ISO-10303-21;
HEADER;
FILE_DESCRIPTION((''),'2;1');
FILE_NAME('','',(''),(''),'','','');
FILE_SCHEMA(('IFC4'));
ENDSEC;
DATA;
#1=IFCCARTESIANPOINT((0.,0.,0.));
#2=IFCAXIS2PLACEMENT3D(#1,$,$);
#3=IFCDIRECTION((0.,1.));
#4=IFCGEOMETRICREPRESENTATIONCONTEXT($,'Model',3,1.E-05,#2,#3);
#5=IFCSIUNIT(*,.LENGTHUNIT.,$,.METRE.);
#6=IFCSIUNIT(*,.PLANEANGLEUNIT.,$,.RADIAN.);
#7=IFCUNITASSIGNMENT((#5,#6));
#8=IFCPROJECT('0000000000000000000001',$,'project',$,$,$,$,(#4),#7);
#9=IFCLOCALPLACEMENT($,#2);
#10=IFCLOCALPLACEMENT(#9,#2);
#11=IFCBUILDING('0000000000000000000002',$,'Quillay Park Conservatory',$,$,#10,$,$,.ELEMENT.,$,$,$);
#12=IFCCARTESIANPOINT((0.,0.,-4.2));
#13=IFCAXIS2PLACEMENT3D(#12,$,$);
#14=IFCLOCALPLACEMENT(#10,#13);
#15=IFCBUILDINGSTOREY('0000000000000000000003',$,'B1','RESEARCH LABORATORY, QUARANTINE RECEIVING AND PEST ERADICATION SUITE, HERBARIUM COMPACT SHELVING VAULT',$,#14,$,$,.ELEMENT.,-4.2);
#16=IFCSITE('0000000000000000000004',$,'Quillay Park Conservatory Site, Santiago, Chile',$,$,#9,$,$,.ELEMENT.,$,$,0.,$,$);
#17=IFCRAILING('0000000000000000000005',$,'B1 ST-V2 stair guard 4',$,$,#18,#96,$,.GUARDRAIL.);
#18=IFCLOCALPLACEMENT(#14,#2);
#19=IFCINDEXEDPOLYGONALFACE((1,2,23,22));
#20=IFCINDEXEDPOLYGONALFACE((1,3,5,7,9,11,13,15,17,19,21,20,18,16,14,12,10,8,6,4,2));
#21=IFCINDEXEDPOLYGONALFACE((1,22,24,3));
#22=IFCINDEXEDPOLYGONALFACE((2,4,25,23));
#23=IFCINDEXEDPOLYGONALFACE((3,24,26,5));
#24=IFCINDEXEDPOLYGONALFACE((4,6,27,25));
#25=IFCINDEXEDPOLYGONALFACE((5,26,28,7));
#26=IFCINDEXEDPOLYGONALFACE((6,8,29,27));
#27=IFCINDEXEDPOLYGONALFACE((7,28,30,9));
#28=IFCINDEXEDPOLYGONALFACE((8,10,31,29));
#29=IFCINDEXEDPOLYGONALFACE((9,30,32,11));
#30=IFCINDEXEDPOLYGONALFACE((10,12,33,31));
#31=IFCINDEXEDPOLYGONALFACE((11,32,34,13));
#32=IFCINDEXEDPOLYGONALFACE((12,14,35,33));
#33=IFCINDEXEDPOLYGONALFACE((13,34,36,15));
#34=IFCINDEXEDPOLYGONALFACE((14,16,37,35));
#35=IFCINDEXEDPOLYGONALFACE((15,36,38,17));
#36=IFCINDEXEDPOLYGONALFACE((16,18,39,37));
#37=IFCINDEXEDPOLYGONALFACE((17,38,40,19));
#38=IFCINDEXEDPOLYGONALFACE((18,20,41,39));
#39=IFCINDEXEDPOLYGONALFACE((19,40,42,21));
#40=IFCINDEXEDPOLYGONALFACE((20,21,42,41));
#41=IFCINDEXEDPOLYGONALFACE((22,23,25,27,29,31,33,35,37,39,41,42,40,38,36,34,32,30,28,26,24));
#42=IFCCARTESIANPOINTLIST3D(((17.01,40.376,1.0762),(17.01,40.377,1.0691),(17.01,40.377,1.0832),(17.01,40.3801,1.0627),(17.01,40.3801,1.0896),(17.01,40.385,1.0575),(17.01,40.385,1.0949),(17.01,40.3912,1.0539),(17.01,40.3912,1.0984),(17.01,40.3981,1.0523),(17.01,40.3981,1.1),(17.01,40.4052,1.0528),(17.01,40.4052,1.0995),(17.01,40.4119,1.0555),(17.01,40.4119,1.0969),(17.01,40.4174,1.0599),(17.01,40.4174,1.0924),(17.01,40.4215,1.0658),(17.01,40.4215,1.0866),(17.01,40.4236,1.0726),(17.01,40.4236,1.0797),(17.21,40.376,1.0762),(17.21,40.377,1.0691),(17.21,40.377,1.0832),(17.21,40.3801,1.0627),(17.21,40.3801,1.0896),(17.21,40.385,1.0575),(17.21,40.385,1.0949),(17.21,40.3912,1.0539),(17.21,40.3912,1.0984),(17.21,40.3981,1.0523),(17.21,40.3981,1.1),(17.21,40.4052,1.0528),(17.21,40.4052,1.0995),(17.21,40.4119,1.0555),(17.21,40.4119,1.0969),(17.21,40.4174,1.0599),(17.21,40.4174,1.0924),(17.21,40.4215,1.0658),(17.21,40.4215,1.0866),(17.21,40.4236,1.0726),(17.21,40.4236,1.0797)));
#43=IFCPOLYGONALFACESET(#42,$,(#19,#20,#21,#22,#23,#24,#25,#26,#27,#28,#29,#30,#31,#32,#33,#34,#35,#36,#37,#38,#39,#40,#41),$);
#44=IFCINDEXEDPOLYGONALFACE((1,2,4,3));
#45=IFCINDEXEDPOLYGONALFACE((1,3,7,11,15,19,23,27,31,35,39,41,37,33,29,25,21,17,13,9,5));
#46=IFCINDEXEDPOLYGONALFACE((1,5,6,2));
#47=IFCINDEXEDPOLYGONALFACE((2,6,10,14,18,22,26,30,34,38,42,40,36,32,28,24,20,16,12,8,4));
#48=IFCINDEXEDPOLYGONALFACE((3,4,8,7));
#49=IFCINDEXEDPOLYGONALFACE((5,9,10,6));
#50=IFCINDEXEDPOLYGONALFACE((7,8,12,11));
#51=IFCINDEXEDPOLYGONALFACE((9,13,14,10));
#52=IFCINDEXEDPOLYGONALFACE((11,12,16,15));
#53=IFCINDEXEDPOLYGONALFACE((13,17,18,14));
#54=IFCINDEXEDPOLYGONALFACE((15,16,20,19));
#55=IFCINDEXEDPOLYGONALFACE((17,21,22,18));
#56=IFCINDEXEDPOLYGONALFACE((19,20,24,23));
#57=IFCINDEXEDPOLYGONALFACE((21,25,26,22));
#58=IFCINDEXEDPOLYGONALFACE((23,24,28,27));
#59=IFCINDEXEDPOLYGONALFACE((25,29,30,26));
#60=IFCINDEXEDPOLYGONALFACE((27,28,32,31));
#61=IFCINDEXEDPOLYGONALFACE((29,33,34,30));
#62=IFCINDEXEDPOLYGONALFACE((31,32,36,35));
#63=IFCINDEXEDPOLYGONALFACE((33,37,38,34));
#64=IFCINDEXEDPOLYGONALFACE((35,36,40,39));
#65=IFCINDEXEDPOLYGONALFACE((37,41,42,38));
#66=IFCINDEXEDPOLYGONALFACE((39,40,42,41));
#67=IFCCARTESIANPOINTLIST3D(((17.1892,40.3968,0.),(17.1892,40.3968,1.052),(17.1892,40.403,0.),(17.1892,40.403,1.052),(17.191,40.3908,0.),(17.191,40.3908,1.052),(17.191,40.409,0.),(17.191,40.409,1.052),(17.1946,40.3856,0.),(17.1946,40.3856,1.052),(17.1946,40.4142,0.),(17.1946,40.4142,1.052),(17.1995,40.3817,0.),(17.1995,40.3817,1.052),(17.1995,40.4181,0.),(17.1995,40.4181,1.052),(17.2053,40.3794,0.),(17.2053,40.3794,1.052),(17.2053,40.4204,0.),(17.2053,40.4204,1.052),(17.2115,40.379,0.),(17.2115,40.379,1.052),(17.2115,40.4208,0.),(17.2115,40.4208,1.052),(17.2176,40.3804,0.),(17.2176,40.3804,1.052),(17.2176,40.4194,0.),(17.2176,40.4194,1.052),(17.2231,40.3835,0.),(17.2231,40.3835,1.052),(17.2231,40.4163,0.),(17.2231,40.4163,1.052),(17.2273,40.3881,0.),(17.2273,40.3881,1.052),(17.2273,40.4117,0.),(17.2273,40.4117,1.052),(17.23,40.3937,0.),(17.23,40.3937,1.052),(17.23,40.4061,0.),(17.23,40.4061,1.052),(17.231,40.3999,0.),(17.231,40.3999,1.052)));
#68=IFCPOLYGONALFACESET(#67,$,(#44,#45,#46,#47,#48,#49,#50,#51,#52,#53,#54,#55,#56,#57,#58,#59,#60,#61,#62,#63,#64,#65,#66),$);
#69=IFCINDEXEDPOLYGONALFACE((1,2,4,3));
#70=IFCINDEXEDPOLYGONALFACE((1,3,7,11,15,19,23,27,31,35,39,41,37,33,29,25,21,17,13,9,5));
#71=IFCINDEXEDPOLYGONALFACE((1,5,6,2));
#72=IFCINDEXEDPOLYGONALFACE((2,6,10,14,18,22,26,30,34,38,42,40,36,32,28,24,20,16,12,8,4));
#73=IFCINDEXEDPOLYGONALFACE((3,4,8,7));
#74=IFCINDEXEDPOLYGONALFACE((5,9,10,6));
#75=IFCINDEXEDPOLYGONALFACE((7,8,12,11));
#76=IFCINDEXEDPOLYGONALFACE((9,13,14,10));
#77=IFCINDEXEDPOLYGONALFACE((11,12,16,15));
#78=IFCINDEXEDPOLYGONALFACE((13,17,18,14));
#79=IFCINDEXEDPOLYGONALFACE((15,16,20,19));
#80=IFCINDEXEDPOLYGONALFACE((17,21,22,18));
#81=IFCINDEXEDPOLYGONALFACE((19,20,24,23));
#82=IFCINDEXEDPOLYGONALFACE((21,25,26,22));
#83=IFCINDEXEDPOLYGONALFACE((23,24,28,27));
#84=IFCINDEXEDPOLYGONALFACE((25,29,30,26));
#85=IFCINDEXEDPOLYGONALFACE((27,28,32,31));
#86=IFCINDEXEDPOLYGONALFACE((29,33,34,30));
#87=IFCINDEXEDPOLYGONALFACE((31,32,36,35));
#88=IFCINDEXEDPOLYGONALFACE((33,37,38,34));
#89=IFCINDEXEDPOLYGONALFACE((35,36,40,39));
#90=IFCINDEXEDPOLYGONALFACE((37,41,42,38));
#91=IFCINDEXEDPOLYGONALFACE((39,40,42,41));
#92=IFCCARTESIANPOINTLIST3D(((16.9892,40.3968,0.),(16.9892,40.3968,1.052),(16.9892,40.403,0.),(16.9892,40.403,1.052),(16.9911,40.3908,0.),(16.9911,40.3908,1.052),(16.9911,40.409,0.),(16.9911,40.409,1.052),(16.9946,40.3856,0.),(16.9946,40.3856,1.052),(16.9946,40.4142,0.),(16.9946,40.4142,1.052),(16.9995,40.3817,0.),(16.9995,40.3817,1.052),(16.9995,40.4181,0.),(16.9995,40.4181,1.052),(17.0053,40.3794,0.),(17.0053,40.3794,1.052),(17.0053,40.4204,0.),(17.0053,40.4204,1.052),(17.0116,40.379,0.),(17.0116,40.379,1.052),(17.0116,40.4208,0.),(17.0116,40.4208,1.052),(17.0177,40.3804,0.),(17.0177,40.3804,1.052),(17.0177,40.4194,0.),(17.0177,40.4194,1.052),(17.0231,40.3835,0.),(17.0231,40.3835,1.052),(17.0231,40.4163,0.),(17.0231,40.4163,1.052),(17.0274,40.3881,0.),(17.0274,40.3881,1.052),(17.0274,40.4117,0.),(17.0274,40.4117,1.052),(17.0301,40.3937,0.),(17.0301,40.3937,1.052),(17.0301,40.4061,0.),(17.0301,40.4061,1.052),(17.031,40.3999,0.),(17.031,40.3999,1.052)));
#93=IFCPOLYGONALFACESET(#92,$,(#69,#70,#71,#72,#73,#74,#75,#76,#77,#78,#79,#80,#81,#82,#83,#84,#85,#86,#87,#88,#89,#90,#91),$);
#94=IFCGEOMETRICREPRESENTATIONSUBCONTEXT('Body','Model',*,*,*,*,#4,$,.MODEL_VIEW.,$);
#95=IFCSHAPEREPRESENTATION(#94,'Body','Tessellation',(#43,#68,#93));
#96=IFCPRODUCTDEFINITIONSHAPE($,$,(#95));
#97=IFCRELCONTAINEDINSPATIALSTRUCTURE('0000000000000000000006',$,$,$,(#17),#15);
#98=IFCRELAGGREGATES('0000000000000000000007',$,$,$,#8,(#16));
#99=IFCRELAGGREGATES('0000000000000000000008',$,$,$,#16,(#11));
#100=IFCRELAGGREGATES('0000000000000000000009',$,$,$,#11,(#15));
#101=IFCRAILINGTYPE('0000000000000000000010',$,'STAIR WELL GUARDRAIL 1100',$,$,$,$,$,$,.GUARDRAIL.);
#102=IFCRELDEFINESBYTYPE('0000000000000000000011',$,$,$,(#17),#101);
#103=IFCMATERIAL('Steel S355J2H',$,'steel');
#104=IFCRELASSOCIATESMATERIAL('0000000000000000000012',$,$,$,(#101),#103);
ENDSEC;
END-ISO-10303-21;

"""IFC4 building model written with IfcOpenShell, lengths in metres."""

from ifc_helpers import new_model, si_unit, direction, frame, origin, origin_2d, place, context, subcontext, project, spatial, circle, extrude, material, type_object, element, save


model = new_model("IFC4")

# Units and contexts
model_context = context("Model", 3, precision=1e-05, world=origin(), true_north=direction((0.0, 1.0)))
body_context = subcontext(model_context, "Body", "Model", "MODEL_VIEW")
ifc_project = project(units=[si_unit("LENGTHUNIT", "METRE"), si_unit("PLANEANGLEUNIT", "RADIAN")], contexts=[model_context])

# Site, building, storey
site_placement = place(None, origin())
site = spatial("IfcSite", under=ifc_project, at=site_placement, Name="Quillay Park Conservatory Site, Santiago, Chile", CompositionType="ELEMENT", RefElevation=0.0)
building_placement = place(site_placement, origin())
building = spatial("IfcBuilding", under=site, at=building_placement, Name="Quillay Park Conservatory", CompositionType="ELEMENT")
storey_placement = place(building_placement, frame((0.0, 0.0, -4.2)))
storey = spatial("IfcBuildingStorey", under=building, at=storey_placement, Name="B1", Description="RESEARCH LABORATORY, QUARANTINE RECEIVING AND PEST ERADICATION SUITE, HERBARIUM COMPACT SHELVING VAULT", CompositionType="ELEMENT", Elevation=-4.2)

# Railing
ifc_material_1 = material(Name="Steel S355J2H", Category="steel")
railing_type_1 = type_object("IfcRailingType", Name="STAIR WELL GUARDRAIL 1100", PredefinedType="GUARDRAIL", material=ifc_material_1)
railing_1_placement = place(storey_placement, frame((17.21, 40.3999, 0.0)))
element("IfcRailing", 1, at=railing_1_placement, inside=storey, type_object=railing_type_1, Name="B1 ST-V2 stair guard 4", PredefinedType="GUARDRAIL", context=body_context, shape_type="SweptSolid", body=[
    extrude(circle(Radius=0.0239, at=origin_2d()), frame((0.0, 0.0, 1.0762), z_axis=(-1.0, 0.0, 0.0), x_axis=(0.0, -1.0, 0.0)), (0.0, 0.0, 1.0), 0.2),
    extrude(circle(Radius=0.021, at=origin_2d()), origin(), (0.0, 0.0, 1.0), 1.052),
    extrude(circle(Radius=0.021, at=origin_2d()), frame((-0.2, 0.0, 0.0)), (0.0, 0.0, 1.0), 1.052),
])

save(model, "model.ifc")
